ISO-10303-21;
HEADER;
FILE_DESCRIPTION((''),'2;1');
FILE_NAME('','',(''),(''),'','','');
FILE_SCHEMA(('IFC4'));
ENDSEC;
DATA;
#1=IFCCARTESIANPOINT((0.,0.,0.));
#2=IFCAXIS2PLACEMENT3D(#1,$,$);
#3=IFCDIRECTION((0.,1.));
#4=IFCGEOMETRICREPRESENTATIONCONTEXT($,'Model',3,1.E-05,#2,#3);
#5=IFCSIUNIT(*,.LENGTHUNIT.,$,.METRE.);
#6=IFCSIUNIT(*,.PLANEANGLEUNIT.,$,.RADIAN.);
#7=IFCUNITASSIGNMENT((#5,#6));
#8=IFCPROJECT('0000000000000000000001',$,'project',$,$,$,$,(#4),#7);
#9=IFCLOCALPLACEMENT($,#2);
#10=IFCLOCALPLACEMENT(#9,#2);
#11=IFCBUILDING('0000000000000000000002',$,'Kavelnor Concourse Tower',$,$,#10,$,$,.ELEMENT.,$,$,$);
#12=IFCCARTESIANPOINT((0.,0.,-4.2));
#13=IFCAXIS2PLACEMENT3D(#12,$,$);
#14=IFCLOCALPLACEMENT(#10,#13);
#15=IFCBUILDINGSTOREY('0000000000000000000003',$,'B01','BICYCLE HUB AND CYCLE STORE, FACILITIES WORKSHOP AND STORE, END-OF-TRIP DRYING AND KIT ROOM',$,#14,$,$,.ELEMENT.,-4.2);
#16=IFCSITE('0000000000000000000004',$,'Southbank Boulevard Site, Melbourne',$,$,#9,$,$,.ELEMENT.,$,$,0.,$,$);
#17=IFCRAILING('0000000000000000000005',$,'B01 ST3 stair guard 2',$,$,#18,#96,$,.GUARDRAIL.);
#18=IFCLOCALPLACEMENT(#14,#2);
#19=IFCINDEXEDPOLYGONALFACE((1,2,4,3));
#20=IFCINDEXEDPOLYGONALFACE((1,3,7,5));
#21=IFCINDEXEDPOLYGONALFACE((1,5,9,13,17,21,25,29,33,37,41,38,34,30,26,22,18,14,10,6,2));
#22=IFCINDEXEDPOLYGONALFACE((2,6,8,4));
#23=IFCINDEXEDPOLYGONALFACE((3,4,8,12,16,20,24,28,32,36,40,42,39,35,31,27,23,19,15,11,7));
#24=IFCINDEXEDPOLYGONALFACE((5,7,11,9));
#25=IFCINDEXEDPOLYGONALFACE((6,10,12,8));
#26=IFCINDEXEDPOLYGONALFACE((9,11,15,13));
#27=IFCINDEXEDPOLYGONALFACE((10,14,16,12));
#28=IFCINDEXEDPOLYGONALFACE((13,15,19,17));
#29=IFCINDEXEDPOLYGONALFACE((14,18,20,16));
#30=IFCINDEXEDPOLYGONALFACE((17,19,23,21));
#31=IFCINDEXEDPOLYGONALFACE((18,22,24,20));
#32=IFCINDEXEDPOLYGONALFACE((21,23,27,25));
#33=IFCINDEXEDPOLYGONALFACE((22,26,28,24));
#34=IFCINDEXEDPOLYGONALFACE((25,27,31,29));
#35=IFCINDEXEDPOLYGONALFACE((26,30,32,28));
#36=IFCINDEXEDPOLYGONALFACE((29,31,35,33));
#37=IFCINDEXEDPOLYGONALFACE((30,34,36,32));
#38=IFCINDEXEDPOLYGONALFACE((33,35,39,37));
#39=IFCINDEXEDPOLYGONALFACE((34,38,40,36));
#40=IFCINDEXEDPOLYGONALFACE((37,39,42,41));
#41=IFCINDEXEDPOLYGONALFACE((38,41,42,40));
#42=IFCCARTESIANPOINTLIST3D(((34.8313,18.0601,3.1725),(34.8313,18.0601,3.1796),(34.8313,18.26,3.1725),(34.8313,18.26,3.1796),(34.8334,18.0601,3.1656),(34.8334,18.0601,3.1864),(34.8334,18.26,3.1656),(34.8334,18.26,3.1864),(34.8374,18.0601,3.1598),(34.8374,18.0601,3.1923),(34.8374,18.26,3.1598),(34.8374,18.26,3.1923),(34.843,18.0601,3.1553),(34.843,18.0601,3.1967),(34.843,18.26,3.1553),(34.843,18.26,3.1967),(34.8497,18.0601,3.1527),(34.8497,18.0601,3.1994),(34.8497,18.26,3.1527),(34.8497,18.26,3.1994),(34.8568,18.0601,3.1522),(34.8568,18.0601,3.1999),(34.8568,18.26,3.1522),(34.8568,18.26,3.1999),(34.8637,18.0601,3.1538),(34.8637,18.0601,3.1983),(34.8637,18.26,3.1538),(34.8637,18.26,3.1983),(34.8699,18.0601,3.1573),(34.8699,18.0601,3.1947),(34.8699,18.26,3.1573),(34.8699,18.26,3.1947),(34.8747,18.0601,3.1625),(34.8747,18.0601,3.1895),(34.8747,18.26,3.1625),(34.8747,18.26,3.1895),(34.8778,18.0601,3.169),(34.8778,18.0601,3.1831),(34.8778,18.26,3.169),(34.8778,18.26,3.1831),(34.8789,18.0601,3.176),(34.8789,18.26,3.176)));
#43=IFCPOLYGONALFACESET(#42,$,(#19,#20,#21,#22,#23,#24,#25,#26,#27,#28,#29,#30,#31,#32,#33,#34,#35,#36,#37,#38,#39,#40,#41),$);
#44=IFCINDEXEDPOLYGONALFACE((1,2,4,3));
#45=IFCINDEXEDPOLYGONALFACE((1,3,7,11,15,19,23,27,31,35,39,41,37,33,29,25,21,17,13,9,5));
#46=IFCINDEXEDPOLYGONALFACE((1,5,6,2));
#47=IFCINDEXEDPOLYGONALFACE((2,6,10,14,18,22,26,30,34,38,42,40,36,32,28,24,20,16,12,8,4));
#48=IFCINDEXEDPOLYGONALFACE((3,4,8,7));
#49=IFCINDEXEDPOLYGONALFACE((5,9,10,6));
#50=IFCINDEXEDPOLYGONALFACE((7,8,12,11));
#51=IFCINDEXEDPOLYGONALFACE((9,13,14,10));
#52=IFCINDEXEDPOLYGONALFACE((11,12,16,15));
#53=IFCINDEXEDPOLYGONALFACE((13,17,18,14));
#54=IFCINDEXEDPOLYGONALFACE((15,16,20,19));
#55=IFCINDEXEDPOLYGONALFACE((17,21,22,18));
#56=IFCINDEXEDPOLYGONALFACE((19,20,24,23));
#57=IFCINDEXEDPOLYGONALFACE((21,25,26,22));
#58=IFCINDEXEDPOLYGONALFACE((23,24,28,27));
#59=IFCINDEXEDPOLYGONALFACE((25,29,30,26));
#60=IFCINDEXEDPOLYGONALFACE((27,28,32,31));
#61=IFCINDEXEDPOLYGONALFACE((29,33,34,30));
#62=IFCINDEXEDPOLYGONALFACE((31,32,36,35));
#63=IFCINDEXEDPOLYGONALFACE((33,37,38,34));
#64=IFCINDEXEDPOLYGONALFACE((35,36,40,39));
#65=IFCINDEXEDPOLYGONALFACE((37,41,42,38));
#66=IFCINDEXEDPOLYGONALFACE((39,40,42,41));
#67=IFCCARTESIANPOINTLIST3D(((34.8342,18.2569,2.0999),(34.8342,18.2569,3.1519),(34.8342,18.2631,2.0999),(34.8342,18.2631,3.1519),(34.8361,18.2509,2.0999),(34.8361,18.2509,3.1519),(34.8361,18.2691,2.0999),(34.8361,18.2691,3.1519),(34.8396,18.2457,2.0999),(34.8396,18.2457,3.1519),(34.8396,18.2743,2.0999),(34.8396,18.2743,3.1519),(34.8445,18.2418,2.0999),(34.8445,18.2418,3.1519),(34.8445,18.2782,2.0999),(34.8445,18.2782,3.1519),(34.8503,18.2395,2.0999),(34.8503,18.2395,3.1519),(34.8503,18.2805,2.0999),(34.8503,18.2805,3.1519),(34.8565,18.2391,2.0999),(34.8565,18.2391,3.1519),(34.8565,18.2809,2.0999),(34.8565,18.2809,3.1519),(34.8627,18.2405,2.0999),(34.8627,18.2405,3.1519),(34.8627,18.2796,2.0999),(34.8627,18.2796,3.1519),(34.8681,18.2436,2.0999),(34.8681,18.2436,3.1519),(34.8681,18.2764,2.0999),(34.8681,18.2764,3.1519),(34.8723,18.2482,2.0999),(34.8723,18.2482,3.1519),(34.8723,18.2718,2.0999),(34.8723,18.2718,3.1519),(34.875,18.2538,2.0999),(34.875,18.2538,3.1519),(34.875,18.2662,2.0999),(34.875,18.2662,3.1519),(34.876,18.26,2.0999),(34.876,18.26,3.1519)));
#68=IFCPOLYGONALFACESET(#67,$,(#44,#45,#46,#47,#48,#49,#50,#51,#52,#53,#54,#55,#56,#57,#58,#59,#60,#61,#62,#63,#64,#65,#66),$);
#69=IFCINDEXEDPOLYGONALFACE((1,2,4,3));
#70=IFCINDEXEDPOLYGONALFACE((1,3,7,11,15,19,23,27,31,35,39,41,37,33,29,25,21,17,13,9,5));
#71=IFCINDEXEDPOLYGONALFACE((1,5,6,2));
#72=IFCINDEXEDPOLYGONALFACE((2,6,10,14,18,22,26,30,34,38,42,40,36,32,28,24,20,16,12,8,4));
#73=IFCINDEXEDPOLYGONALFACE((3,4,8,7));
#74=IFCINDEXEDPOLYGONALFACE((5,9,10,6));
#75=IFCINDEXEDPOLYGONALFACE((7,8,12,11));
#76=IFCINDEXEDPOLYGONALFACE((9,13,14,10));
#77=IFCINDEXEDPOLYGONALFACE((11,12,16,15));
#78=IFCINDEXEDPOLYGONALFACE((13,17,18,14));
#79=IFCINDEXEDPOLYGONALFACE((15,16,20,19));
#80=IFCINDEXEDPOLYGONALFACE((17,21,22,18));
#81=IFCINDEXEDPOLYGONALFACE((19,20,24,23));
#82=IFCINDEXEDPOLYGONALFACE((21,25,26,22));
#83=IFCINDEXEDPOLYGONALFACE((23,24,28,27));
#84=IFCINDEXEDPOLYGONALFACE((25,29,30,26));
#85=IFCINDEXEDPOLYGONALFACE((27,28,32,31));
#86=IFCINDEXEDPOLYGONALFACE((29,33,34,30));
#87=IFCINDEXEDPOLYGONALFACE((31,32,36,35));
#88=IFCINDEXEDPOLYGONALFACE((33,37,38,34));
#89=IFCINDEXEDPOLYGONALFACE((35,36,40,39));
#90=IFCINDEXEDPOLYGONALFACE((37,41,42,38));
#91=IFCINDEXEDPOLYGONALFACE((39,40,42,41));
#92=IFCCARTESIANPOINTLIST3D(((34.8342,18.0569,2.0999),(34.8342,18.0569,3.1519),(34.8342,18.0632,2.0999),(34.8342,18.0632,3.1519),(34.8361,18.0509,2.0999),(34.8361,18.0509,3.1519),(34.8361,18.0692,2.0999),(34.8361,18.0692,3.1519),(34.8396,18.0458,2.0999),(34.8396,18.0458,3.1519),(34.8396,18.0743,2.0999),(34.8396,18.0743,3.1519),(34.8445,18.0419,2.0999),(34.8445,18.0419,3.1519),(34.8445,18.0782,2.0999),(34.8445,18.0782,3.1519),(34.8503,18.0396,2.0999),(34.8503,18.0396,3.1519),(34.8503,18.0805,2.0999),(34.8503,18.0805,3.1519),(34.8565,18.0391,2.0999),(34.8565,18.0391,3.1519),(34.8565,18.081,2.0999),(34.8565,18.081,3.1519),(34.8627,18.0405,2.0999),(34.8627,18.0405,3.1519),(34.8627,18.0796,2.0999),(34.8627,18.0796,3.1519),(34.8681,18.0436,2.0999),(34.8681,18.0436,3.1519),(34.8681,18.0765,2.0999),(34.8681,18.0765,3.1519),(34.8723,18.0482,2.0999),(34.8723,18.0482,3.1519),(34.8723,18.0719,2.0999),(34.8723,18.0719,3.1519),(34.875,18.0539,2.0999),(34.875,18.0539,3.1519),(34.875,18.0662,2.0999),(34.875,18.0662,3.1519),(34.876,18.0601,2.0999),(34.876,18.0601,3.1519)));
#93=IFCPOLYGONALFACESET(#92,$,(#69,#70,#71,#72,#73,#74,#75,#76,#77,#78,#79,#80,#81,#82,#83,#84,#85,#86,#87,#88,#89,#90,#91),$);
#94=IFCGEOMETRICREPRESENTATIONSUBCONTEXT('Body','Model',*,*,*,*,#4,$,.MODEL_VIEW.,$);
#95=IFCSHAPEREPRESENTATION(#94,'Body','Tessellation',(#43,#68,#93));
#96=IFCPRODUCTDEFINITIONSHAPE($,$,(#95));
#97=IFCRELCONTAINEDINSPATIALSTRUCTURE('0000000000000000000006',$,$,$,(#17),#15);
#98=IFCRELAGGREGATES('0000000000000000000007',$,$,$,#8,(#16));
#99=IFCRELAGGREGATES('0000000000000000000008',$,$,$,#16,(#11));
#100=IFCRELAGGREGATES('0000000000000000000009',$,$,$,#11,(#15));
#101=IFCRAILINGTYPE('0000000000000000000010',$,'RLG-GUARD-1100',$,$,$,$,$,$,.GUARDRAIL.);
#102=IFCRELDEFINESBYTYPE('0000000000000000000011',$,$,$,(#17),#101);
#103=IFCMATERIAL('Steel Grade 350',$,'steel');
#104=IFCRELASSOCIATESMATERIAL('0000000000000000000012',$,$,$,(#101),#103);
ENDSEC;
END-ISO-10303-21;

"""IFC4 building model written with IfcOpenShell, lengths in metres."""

from ifc_helpers import new_model, si_unit, direction, frame, origin, origin_2d, place, context, subcontext, project, spatial, circle, extrude, material, type_object, element, save


model = new_model("IFC4")

# Units and contexts
model_context = context("Model", 3, precision=1e-05, world=origin(), true_north=direction((0.0, 1.0)))
body_context = subcontext(model_context, "Body", "Model", "MODEL_VIEW")
ifc_project = project(units=[si_unit("LENGTHUNIT", "METRE"), si_unit("PLANEANGLEUNIT", "RADIAN")], contexts=[model_context])

# Site, building, storey
site_placement = place(None, origin())
site = spatial("IfcSite", under=ifc_project, at=site_placement, Name="Southbank Boulevard Site, Melbourne", CompositionType="ELEMENT", RefElevation=0.0)
building_placement = place(site_placement, origin())
building = spatial("IfcBuilding", under=site, at=building_placement, Name="Kavelnor Concourse Tower", CompositionType="ELEMENT")
storey_placement = place(building_placement, frame((0.0, 0.0, -4.2)))
storey = spatial("IfcBuildingStorey", under=building, at=storey_placement, Name="B01", Description="BICYCLE HUB AND CYCLE STORE, FACILITIES WORKSHOP AND STORE, END-OF-TRIP DRYING AND KIT ROOM", CompositionType="ELEMENT", Elevation=-4.2)

# Shared definitions
ifc_material_1 = material(Name="Steel Grade 350", Category="steel")

# Railing
railing_type_1 = type_object("IfcRailingType", Name="RLG-GUARD-1100", PredefinedType="GUARDRAIL", material=ifc_material_1)
railing_1_placement = place(storey_placement, frame((34.855, 18.26, 2.0999)))
element("IfcRailing", 1, at=railing_1_placement, inside=storey, type_object=railing_type_1, Name="B01 ST3 stair guard 2", PredefinedType="GUARDRAIL", context=body_context, shape_type="SweptSolid", body=[
    extrude(circle(Radius=0.0239, at=origin_2d()), frame((0.0, 0.0, 1.0762), z_axis=(0.0, -1.0, 0.0), x_axis=(1.0, 0.0, 0.0)), (0.0, 0.0, 1.0), 0.2),
    extrude(circle(Radius=0.021, at=origin_2d()), origin(), (0.0, 0.0, 1.0), 1.052),
    extrude(circle(Radius=0.021, at=origin_2d()), frame((0.0, -0.2, 0.0)), (0.0, 0.0, 1.0), 1.052),
])

save(model, "model.ifc")
